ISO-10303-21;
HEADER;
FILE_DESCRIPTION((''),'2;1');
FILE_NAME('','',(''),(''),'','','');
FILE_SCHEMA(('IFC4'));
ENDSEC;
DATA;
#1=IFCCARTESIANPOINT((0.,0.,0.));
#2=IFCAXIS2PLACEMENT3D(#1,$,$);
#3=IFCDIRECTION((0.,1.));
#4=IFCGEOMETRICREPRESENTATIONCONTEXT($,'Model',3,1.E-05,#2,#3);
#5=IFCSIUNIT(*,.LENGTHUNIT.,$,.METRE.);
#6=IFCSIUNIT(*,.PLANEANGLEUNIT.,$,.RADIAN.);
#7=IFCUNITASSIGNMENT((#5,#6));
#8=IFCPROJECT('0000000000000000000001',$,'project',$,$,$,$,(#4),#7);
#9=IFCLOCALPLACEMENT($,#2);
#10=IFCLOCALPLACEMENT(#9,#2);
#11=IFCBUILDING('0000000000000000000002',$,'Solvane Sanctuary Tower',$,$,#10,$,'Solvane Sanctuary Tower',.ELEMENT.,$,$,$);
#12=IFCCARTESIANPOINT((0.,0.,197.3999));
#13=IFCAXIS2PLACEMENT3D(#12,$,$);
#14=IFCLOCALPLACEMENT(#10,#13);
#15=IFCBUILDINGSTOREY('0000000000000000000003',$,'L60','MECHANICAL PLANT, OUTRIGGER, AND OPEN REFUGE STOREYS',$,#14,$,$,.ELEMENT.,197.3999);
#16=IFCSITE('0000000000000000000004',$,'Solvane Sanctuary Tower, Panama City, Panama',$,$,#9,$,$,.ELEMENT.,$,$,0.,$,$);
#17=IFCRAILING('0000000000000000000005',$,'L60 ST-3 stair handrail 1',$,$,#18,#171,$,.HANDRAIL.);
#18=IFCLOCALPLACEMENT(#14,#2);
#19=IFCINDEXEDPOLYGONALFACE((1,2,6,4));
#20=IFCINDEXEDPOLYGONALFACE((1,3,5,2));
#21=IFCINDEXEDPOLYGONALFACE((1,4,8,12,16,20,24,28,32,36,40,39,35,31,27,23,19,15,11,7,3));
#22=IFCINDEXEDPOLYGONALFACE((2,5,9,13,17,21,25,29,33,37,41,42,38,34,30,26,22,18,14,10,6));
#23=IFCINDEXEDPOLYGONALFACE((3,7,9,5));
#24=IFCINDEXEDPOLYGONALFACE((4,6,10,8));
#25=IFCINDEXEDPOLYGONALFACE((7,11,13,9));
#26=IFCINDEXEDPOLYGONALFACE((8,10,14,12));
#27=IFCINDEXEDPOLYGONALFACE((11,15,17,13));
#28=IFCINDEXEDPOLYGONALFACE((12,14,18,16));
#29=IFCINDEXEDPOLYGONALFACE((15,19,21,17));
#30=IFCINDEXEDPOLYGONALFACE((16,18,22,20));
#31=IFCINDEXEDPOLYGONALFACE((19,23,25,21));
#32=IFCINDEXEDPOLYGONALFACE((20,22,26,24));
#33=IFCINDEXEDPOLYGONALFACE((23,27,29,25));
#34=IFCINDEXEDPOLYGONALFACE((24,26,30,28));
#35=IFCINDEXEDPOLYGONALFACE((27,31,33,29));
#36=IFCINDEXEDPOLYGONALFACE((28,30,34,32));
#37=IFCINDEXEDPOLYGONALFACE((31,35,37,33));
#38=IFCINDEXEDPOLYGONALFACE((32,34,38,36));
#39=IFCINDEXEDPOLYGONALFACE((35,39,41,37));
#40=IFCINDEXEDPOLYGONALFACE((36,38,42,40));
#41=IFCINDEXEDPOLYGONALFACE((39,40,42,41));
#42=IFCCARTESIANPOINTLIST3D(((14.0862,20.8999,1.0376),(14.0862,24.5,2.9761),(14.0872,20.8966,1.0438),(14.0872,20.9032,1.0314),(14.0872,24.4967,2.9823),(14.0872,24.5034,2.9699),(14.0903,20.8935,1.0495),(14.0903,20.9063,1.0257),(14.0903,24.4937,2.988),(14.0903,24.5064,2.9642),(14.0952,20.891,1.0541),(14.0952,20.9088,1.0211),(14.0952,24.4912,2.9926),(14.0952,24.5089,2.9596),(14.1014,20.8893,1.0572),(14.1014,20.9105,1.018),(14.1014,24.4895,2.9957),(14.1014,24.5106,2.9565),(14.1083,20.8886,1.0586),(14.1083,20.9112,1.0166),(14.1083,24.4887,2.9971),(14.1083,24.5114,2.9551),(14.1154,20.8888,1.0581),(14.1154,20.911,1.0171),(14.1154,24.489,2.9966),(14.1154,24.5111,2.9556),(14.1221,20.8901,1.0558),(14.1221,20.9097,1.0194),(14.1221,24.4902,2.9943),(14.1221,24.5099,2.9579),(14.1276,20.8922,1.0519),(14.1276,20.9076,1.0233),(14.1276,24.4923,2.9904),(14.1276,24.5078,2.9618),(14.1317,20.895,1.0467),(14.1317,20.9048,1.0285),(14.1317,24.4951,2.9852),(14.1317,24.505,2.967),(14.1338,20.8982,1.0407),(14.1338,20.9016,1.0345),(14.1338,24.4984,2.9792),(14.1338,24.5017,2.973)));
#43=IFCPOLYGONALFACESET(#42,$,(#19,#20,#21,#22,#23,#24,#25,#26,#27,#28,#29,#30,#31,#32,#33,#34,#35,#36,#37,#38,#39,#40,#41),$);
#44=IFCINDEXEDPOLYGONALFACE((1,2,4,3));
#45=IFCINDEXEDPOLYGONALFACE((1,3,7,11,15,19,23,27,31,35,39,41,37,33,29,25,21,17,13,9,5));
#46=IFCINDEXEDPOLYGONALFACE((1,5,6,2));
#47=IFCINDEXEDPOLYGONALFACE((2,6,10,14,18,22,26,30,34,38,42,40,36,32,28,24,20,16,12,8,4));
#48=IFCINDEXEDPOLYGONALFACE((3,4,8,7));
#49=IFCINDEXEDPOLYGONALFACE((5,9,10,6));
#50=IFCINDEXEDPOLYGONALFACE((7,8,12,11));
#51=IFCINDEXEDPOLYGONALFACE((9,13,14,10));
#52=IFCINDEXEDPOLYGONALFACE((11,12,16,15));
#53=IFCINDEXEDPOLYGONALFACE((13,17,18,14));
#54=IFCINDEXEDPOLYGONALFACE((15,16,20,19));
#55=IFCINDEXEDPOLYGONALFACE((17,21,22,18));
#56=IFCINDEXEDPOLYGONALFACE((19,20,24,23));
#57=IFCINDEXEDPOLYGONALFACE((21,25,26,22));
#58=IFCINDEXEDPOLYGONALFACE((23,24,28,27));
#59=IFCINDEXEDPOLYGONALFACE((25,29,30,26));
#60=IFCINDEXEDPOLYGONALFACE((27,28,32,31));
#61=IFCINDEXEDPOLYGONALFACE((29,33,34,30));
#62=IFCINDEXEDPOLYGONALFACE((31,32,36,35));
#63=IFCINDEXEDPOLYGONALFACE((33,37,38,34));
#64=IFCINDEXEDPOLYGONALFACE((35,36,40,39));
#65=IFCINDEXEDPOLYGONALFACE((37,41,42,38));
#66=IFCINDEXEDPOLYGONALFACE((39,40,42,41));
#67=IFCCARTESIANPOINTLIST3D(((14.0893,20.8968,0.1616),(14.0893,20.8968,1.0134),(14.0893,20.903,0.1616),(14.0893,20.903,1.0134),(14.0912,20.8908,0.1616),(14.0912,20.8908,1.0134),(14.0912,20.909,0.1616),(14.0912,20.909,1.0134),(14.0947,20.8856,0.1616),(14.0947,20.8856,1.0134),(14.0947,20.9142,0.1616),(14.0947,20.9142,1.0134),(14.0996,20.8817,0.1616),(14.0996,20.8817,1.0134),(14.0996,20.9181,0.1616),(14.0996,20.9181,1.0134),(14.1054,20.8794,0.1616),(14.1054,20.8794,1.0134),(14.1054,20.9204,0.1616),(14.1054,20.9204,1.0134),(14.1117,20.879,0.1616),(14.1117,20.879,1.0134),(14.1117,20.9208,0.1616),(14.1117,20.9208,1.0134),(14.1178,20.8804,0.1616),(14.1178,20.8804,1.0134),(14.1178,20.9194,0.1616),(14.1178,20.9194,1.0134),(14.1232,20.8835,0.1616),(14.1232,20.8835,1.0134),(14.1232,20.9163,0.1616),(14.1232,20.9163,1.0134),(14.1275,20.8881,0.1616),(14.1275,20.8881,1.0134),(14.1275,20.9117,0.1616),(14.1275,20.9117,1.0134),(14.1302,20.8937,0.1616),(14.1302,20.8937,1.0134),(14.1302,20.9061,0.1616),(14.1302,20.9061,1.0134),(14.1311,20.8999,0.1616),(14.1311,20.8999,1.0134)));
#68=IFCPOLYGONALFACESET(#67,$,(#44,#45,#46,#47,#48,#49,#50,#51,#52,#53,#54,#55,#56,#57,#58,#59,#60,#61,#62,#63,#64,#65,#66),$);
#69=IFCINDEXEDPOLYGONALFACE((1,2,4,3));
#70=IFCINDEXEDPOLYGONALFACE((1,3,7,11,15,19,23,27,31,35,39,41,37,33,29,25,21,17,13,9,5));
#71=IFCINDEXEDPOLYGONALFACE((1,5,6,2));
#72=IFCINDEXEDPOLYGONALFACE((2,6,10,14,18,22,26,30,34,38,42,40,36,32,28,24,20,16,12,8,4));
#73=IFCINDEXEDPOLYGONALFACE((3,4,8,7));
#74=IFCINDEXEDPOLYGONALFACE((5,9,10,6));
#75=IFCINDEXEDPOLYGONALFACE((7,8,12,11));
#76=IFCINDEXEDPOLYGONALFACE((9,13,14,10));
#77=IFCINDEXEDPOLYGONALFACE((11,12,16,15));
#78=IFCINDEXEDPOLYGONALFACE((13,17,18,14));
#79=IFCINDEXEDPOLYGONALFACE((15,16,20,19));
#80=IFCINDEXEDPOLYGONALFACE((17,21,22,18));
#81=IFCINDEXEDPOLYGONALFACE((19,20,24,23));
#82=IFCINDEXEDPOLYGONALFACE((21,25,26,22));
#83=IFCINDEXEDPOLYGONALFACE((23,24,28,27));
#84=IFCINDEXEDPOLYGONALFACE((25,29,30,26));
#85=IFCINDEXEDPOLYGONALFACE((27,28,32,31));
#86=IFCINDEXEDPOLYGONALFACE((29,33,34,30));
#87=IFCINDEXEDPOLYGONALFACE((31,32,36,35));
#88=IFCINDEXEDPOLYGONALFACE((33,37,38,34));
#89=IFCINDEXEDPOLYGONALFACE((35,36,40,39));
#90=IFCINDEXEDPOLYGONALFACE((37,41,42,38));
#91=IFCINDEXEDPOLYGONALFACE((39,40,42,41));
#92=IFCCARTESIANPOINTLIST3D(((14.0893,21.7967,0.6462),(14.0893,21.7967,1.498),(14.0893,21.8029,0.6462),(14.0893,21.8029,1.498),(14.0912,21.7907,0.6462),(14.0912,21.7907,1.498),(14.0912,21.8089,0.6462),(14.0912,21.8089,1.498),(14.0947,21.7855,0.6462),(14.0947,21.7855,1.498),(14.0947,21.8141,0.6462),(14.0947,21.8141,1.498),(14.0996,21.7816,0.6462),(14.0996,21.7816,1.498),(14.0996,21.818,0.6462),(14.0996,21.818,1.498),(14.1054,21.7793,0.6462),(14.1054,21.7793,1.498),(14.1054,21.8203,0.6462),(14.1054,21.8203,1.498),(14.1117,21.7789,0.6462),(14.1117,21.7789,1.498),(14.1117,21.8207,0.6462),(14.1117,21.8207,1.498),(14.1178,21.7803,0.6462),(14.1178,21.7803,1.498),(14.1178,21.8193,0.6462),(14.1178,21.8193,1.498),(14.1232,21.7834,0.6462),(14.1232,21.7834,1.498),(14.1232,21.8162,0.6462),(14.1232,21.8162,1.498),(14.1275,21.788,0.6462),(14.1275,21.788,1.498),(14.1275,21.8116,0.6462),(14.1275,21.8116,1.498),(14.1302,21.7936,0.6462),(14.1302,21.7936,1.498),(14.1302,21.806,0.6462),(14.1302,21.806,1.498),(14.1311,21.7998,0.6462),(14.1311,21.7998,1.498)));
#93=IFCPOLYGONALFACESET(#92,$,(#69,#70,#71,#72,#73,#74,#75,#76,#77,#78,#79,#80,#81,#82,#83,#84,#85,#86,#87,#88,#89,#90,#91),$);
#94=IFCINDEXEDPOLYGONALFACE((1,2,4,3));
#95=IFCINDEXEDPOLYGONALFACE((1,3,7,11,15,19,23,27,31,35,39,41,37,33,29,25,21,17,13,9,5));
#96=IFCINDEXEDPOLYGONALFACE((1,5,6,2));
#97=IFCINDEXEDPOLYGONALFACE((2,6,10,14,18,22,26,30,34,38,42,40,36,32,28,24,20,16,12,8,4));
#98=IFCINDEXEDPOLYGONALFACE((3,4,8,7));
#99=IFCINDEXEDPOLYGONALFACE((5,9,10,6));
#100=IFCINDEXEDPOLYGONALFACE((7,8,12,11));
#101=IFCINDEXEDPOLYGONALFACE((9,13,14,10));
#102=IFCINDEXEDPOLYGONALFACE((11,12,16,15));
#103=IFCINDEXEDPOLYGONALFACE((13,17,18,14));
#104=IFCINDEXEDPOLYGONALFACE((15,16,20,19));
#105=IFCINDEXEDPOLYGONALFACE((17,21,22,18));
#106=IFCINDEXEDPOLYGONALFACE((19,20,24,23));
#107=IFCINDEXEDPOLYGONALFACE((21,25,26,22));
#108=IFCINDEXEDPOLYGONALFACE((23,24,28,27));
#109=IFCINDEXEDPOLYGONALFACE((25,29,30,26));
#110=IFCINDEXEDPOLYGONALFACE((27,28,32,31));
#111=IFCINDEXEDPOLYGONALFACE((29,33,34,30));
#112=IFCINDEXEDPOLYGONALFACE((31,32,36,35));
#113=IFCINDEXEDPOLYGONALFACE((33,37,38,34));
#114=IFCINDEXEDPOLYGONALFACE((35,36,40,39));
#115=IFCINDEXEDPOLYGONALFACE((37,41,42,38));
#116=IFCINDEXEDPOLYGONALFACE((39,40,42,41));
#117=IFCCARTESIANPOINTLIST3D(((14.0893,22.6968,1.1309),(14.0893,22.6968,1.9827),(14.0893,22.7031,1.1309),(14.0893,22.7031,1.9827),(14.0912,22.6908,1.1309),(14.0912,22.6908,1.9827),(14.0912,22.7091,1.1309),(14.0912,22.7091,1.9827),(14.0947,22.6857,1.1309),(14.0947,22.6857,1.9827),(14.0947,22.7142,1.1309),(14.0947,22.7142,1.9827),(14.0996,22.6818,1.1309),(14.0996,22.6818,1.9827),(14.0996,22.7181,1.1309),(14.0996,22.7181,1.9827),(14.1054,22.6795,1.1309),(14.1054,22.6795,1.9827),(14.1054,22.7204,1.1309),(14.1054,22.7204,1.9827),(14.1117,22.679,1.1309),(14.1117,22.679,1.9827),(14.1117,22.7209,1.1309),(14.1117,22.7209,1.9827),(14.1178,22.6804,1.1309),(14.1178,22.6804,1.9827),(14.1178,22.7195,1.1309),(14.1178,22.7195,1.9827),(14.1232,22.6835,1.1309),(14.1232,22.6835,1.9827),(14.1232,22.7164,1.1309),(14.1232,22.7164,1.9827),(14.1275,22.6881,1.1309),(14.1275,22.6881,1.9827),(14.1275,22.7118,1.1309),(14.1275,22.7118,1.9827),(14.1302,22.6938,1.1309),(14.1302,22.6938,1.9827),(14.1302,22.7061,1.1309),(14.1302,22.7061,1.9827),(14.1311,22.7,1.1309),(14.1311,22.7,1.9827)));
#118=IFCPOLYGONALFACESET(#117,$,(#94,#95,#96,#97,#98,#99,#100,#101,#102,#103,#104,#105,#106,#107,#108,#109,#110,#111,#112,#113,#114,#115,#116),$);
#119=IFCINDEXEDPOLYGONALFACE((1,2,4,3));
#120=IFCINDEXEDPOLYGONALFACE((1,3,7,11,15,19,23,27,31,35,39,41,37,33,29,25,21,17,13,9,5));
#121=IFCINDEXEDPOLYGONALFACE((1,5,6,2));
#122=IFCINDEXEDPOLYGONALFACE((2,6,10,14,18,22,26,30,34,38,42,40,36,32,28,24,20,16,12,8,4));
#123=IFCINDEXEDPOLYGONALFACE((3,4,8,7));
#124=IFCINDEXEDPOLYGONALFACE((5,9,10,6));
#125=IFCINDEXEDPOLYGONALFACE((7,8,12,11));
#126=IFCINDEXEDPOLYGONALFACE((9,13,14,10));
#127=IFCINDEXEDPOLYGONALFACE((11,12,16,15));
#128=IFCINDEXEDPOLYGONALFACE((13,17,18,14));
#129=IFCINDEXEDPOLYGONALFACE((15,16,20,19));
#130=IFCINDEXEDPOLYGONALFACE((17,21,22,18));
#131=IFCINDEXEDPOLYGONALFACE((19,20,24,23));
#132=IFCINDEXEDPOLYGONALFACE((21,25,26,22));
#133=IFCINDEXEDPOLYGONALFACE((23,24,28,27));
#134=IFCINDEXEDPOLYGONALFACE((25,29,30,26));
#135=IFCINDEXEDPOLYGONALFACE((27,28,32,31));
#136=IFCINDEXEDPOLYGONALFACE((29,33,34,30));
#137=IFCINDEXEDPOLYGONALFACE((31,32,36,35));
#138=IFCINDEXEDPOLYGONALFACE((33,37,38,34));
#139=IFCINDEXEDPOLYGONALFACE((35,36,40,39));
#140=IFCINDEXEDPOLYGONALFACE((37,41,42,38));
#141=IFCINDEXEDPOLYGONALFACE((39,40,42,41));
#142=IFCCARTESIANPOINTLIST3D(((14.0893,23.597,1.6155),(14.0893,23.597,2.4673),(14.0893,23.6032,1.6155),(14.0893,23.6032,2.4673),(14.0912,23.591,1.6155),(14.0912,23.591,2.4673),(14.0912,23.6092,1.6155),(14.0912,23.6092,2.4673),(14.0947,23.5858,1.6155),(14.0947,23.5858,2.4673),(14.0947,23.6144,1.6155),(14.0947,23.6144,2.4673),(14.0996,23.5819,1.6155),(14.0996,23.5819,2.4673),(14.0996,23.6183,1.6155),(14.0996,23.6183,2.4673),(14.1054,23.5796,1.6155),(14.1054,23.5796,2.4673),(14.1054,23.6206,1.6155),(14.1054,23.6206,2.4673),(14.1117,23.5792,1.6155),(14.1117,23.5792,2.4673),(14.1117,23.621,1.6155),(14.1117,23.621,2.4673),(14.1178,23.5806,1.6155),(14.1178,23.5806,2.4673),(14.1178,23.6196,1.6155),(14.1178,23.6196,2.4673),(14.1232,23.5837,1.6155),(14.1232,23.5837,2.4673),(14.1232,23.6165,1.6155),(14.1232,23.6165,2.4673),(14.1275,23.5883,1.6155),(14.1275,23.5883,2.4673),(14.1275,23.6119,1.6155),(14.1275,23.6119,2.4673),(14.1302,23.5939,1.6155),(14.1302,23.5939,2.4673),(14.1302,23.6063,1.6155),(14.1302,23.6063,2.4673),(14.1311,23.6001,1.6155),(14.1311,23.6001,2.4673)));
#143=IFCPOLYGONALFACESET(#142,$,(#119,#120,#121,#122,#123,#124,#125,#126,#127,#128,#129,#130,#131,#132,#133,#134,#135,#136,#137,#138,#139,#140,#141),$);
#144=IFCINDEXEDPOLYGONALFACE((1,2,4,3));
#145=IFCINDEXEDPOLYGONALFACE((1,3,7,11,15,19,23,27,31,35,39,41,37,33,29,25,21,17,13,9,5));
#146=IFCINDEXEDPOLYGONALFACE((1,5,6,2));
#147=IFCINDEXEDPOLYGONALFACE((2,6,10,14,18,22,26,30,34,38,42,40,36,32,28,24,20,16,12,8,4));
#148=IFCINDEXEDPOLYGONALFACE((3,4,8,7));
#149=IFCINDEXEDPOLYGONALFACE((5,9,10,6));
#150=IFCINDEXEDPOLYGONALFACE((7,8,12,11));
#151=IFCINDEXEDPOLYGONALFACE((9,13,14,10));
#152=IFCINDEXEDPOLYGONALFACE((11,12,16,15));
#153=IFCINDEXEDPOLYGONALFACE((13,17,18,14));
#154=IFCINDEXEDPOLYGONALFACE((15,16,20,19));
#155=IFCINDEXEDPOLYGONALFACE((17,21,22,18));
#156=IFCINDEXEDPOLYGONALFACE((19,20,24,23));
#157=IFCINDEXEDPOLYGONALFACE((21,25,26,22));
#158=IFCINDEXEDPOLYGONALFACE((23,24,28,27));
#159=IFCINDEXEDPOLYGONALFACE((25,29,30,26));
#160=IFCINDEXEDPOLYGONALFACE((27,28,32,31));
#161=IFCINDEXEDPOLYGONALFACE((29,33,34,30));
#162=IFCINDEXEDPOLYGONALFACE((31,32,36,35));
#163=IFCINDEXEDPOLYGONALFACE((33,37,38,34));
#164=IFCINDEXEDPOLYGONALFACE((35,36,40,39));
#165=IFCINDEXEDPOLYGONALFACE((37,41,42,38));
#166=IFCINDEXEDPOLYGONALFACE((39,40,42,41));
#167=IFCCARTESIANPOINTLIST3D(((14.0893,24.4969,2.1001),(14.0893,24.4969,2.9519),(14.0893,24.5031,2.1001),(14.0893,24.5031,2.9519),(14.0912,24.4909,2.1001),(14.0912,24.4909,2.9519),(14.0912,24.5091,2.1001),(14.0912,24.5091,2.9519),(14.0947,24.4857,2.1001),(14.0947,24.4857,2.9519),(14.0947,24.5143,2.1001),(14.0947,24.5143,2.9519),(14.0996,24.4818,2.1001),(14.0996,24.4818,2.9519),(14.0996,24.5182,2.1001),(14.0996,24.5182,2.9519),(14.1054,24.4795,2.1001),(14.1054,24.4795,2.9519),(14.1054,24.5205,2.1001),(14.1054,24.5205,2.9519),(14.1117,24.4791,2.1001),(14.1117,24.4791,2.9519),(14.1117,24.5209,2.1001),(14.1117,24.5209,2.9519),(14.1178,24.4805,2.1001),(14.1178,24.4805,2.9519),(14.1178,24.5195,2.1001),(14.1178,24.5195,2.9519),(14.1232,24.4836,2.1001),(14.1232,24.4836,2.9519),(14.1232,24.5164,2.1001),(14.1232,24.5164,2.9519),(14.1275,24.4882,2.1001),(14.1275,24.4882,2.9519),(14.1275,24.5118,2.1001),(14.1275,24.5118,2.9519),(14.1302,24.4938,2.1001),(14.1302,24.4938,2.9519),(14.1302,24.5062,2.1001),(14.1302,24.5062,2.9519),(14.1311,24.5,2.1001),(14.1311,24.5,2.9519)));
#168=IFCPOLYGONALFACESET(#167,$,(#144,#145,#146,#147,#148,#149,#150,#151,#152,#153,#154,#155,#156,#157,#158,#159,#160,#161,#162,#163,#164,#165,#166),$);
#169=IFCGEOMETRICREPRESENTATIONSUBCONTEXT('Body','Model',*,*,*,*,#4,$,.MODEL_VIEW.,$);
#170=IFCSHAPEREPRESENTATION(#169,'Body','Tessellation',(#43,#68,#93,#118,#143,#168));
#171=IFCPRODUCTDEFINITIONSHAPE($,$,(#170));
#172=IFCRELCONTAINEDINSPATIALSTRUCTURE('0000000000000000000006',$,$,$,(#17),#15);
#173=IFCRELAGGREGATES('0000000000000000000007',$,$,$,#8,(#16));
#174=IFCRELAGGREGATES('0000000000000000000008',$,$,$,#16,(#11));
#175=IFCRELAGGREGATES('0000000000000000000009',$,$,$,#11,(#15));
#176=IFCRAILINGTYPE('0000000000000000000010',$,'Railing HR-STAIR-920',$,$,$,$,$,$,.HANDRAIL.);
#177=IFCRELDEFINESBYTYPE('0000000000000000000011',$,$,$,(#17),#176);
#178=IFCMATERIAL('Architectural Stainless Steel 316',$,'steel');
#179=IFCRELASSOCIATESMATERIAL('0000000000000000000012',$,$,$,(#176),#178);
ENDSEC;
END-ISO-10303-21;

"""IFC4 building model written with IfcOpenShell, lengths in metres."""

from ifc_helpers import new_model, si_unit, direction, frame, origin, origin_2d, place, context, subcontext, project, spatial, circle, extrude, material, type_object, element, save


model = new_model("IFC4")

# Units and contexts
model_context = context("Model", 3, precision=1e-05, world=origin(), true_north=direction((0.0, 1.0)))
body_context = subcontext(model_context, "Body", "Model", "MODEL_VIEW")
ifc_project = project(units=[si_unit("LENGTHUNIT", "METRE"), si_unit("PLANEANGLEUNIT", "RADIAN")], contexts=[model_context])

# Site, building, storey
site_placement = place(None, origin())
site = spatial("IfcSite", under=ifc_project, at=site_placement, Name="Solvane Sanctuary Tower, Panama City, Panama", CompositionType="ELEMENT", RefElevation=0.0)
building_placement = place(site_placement, origin())
building = spatial("IfcBuilding", under=site, at=building_placement, Name="Solvane Sanctuary Tower", LongName="Solvane Sanctuary Tower", CompositionType="ELEMENT")
storey_placement = place(building_placement, frame((0.0, 0.0, 197.3999)))
storey = spatial("IfcBuildingStorey", under=building, at=storey_placement, Name="L60", Description="MECHANICAL PLANT, OUTRIGGER, AND OPEN REFUGE STOREYS", CompositionType="ELEMENT", Elevation=197.3999)

# Shared definitions
ifc_material_1 = material(Name="Architectural Stainless Steel 316", Category="steel")

# Railing
railing_type_1 = type_object("IfcRailingType", Name="Railing HR-STAIR-920", PredefinedType="HANDRAIL", material=ifc_material_1)
for number, where, name in (
    (1, (14.1101, 20.8999, 0.1616), "L60 ST-3 stair handrail 1"),
):
    element("IfcRailing", number, at=place(storey_placement, frame(where)), inside=storey, type_object=railing_type_1, Name=name, PredefinedType="HANDRAIL", context=body_context, shape_type="SweptSolid", body=[
        extrude(circle(Radius=0.0239, at=origin_2d()), frame((0.0, 0.0, 0.876), z_axis=(0.0, 0.880475, 0.474093), x_axis=(-1.0, 0.0, 0.0)), (0.0, 0.0, 1.0), 4.0889),
        extrude(circle(Radius=0.021, at=origin_2d()), origin(), (0.0, 0.0, 1.0), 0.8518),
        extrude(circle(Radius=0.021, at=origin_2d()), frame((0.0, 0.8999, 0.4846)), (0.0, 0.0, 1.0), 0.8518),
        extrude(circle(Radius=0.021, at=origin_2d()), frame((0.0, 1.8, 0.9692)), (0.0, 0.0, 1.0), 0.8518),
        extrude(circle(Radius=0.021, at=origin_2d()), frame((0.0, 2.7002, 1.4539)), (0.0, 0.0, 1.0), 0.8518),
        extrude(circle(Radius=0.021, at=origin_2d()), frame((0.0, 3.6001, 1.9385)), (0.0, 0.0, 1.0), 0.8518),
    ])

save(model, "model.ifc")
